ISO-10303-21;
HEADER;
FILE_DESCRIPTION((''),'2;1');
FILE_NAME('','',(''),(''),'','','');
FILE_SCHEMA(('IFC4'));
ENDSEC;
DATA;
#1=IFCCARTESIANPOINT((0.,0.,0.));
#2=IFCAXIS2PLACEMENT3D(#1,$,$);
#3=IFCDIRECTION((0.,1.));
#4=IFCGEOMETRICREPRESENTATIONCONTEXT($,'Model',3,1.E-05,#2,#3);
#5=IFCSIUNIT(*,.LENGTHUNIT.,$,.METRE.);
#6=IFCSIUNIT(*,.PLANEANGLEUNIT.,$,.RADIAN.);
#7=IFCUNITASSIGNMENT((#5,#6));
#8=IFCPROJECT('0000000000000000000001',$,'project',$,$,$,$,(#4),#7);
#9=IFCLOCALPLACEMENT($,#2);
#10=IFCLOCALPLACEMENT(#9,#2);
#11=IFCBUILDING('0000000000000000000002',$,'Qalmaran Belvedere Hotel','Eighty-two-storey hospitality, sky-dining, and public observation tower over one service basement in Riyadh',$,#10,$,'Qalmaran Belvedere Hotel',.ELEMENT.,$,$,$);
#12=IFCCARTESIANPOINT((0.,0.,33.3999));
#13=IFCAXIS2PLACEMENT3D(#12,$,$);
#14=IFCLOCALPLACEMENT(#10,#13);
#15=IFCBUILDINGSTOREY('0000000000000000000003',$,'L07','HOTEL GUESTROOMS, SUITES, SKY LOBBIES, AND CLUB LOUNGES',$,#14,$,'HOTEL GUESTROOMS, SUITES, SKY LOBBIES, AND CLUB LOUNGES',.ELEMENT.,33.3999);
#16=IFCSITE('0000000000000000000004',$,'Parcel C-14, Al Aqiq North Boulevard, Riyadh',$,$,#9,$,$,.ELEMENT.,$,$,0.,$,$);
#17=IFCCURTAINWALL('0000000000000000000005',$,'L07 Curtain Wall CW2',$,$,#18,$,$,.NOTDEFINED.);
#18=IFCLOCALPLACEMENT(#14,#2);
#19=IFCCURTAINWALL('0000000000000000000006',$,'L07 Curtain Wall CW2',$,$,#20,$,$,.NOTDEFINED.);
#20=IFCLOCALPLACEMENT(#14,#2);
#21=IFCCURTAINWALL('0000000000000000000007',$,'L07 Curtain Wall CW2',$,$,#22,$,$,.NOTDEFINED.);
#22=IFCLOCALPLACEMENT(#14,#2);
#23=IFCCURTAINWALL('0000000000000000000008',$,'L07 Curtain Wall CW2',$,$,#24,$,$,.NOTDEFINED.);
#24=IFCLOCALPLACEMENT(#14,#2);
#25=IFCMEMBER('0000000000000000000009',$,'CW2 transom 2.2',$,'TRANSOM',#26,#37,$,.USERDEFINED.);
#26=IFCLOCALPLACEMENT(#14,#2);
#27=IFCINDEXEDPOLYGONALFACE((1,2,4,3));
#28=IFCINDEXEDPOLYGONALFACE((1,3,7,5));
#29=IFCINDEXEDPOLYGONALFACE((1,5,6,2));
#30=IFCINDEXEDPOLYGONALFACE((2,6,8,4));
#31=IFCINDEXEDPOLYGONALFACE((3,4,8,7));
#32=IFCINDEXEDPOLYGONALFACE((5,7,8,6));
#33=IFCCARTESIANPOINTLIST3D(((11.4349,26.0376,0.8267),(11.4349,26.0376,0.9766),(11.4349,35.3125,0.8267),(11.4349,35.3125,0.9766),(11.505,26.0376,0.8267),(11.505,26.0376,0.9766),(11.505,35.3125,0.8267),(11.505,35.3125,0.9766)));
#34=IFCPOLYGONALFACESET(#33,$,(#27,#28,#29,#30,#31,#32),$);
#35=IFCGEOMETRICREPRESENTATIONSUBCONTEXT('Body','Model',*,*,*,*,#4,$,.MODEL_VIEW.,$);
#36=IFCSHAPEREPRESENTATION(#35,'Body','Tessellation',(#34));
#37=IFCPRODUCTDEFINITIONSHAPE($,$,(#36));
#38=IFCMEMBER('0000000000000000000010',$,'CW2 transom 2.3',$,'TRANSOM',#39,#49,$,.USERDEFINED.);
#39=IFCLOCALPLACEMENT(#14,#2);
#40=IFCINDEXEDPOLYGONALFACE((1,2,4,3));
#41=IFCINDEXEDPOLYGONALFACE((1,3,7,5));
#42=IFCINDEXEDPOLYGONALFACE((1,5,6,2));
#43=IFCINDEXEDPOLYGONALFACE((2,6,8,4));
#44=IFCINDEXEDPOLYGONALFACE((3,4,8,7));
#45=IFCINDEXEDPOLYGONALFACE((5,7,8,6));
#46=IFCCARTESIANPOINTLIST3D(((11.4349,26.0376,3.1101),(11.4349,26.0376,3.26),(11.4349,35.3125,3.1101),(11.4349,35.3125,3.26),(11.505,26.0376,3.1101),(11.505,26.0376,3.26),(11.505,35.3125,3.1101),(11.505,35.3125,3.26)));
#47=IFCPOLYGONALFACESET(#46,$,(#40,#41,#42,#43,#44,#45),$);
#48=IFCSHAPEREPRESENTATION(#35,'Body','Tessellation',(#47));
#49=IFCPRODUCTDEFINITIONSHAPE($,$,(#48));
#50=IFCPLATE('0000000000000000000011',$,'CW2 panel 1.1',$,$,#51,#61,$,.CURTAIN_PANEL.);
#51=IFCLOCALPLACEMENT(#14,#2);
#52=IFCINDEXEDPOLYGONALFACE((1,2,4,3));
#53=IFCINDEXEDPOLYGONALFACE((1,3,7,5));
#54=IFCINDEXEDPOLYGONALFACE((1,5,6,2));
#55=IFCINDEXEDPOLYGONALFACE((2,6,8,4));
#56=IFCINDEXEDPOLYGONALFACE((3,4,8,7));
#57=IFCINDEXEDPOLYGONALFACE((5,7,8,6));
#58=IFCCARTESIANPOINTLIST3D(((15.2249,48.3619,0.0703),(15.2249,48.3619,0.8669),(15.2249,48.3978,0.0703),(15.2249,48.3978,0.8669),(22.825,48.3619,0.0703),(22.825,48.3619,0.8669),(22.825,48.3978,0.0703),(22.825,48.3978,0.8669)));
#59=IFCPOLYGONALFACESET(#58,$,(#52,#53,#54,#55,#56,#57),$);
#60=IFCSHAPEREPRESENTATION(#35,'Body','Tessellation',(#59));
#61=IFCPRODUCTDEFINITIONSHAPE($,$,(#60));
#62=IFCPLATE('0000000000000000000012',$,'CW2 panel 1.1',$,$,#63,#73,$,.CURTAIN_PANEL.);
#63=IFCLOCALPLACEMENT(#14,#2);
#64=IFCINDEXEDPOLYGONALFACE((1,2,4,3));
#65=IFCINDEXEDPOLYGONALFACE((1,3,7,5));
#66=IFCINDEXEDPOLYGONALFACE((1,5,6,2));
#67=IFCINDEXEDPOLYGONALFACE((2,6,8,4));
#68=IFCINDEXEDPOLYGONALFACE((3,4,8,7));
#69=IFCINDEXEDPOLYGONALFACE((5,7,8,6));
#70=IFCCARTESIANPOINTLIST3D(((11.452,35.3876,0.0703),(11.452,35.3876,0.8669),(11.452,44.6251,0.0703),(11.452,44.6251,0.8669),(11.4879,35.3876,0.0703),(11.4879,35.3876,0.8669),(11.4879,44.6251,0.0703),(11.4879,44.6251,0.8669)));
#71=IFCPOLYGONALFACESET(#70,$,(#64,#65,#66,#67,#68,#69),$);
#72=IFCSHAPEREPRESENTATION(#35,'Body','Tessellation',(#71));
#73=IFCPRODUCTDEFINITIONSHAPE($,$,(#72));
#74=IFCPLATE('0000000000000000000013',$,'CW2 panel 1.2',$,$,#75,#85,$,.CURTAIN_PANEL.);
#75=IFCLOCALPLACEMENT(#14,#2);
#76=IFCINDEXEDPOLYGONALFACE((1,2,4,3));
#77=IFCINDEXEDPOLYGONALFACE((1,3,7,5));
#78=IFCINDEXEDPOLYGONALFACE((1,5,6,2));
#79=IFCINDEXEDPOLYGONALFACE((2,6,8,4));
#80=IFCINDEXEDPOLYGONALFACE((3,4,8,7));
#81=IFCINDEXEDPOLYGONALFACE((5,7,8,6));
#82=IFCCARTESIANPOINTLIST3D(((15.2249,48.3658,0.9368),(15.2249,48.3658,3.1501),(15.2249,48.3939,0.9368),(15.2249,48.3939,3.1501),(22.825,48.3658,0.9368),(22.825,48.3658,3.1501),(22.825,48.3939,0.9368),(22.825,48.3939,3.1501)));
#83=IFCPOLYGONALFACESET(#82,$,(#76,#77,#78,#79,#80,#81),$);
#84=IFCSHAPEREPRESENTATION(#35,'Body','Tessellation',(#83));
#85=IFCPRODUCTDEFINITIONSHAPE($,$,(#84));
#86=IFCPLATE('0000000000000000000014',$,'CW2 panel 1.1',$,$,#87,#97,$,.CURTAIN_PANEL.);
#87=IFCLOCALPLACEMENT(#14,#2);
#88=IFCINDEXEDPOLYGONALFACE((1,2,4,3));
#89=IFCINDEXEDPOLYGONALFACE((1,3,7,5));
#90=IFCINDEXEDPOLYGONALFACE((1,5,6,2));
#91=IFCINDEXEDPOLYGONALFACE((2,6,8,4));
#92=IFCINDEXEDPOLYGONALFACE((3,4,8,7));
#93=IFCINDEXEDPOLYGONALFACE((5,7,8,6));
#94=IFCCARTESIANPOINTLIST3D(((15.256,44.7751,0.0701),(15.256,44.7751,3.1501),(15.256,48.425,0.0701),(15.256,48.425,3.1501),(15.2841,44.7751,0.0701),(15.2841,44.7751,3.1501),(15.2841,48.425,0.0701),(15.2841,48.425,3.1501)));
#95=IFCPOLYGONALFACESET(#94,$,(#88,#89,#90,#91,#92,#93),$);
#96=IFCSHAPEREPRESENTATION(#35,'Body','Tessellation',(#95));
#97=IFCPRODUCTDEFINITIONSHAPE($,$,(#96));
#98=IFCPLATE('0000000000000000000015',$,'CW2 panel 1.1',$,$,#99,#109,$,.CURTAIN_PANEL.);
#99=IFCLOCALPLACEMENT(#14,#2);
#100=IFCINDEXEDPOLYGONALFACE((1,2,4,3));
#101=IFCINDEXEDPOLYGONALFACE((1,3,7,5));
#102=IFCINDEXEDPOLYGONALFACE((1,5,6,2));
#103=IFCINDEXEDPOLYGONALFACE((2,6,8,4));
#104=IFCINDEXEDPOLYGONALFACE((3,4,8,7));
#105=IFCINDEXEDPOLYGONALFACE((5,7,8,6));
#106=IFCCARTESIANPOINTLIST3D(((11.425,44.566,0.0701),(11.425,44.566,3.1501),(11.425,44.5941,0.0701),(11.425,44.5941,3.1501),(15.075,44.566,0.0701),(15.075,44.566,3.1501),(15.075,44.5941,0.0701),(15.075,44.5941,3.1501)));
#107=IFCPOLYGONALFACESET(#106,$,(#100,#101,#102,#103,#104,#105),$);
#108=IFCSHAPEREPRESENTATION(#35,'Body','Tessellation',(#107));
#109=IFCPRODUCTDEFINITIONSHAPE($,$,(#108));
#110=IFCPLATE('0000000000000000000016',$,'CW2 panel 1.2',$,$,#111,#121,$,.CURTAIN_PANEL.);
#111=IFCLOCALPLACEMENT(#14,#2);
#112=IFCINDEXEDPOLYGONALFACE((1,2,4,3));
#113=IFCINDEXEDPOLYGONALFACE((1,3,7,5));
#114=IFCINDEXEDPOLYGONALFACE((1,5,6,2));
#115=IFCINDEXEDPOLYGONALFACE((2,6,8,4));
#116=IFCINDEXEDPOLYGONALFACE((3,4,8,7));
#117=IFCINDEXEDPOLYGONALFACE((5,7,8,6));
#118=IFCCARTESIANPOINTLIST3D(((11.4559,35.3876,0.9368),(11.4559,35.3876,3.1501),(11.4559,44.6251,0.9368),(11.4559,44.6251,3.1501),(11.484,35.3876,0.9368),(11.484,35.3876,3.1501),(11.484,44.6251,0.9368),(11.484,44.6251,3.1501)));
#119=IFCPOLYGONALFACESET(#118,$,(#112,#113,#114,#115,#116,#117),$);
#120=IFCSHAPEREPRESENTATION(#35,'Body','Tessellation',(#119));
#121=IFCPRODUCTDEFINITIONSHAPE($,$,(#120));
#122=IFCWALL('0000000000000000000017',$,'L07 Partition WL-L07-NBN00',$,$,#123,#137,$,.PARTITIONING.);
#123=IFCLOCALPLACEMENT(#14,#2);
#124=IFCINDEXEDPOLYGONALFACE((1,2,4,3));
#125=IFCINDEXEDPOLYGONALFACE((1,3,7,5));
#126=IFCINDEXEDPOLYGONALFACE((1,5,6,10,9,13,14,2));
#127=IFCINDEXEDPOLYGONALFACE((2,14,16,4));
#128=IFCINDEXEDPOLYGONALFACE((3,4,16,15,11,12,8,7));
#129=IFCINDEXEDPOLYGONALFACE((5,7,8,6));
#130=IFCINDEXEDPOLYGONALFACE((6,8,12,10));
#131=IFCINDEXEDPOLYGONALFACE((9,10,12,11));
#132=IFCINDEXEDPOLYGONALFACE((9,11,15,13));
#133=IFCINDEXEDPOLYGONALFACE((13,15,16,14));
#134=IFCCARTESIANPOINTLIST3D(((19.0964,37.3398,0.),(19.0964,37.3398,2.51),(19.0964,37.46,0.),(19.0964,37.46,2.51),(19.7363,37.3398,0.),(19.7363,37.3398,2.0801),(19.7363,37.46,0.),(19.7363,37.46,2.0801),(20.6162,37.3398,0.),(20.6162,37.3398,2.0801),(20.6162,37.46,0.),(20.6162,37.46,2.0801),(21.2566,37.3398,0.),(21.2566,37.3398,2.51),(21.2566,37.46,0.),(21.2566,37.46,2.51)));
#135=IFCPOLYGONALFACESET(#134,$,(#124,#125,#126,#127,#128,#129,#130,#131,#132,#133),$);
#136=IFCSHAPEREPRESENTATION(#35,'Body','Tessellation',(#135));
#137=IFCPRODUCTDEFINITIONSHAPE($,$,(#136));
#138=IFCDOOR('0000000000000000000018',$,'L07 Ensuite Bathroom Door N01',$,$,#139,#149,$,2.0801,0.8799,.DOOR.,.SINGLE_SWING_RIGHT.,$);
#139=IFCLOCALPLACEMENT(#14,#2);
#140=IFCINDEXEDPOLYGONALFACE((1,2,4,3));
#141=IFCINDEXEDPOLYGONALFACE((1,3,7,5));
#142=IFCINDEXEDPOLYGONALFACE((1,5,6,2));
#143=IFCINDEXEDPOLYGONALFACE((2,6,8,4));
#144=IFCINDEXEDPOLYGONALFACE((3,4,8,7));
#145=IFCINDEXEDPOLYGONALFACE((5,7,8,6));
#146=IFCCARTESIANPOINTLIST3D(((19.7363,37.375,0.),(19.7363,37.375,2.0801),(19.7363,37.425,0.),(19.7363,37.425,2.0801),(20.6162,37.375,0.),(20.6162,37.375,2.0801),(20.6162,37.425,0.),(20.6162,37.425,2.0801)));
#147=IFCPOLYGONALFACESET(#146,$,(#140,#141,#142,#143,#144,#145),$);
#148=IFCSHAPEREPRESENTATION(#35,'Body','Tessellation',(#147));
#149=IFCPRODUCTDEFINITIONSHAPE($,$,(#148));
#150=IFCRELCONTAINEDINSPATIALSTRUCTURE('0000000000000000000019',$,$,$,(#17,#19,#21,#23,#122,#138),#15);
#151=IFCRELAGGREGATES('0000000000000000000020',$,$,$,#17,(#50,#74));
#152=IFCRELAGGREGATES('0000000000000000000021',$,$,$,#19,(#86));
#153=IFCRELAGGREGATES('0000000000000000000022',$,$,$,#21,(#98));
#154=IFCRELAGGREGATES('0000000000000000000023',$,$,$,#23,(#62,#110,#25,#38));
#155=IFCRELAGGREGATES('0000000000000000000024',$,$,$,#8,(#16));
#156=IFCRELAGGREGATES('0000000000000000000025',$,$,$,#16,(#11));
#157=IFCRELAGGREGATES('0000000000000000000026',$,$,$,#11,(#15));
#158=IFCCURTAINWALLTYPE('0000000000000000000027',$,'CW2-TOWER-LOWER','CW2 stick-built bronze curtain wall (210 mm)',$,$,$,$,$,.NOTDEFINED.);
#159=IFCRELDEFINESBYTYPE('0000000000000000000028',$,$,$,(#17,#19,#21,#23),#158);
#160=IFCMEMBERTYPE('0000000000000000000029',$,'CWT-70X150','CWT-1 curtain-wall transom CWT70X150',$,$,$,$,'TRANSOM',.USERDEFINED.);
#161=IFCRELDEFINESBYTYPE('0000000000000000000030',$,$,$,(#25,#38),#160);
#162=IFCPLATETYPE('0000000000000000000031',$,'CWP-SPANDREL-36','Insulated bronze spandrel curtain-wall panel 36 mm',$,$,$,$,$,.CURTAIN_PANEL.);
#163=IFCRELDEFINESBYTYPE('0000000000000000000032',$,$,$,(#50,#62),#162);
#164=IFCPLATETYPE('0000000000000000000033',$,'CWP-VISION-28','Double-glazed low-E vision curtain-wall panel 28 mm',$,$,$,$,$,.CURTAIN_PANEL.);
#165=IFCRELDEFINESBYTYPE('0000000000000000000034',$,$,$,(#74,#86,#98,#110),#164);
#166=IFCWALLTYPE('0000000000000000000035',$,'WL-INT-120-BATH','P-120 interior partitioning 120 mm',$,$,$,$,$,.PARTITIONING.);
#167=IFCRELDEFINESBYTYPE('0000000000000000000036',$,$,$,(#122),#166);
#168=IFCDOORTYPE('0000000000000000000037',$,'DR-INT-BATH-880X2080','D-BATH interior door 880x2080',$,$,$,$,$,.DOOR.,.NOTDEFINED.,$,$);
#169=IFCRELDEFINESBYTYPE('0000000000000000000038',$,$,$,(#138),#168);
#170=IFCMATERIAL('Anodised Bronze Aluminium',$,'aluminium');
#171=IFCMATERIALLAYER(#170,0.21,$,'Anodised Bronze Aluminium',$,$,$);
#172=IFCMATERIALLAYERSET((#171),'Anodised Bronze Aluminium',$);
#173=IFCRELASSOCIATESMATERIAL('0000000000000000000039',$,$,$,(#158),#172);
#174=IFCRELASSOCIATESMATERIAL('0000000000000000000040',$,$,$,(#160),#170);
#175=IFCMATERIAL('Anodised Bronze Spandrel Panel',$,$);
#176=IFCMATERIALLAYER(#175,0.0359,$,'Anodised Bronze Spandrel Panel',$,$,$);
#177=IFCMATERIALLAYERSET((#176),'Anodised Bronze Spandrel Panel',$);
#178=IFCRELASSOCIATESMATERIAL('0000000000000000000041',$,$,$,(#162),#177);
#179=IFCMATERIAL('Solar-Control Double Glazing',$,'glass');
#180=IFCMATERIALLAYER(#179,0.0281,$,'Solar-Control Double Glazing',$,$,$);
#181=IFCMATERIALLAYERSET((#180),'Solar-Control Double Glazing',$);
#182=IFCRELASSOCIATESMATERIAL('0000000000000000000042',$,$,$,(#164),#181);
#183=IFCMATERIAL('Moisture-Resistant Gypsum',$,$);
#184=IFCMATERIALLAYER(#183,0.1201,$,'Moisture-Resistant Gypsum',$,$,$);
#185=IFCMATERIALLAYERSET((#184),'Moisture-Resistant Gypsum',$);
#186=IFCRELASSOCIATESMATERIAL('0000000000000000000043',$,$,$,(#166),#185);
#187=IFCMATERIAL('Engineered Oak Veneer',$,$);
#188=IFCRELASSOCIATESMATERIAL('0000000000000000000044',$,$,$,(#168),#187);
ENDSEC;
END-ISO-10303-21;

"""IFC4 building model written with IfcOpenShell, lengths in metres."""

from ifc_helpers import new_model, si_unit, direction, frame, frame_2d, origin, origin_2d, place, context, subcontext, project, spatial, rectangle, extrude, material, layer, layer_set, material_profile, profile_set, type_object, element, fill, aggregate, save


model = new_model("IFC4")

# Units and contexts
model_context = context("Model", 3, precision=1e-05, world=origin(), true_north=direction((0.0, 1.0)))
body_context = subcontext(model_context, "Body", "Model", "MODEL_VIEW")
ifc_project = project(units=[si_unit("LENGTHUNIT", "METRE"), si_unit("PLANEANGLEUNIT", "RADIAN")], contexts=[model_context])

# Site, building, storey
site_placement = place(None, origin())
site = spatial("IfcSite", under=ifc_project, at=site_placement, Name="Parcel C-14, Al Aqiq North Boulevard, Riyadh", CompositionType="ELEMENT", RefElevation=0.0)
building_placement = place(site_placement, origin())
building = spatial("IfcBuilding", under=site, at=building_placement, Name="Qalmaran Belvedere Hotel", Description="Eighty-two-storey hospitality, sky-dining, and public observation tower over one service basement in Riyadh", LongName="Qalmaran Belvedere Hotel", CompositionType="ELEMENT")
storey_placement = place(building_placement, frame((0.0, 0.0, 33.3999)))
storey = spatial("IfcBuildingStorey", under=building, at=storey_placement, Name="L07", Description="HOTEL GUESTROOMS, SUITES, SKY LOBBIES, AND CLUB LOUNGES", LongName="HOTEL GUESTROOMS, SUITES, SKY LOBBIES, AND CLUB LOUNGES", CompositionType="ELEMENT", Elevation=33.3999)

# Curtain wall
ifc_material_1 = material(Name="Anodised Bronze Aluminium", Category="aluminium")
ifc_layer_1 = layer(ifc_material_1, 0.21, Name="Anodised Bronze Aluminium")
ifc_layer_set_1 = layer_set([ifc_layer_1], Name="Anodised Bronze Aluminium")
curtain_wall_type = type_object("IfcCurtainWallType", Name="CW2-TOWER-LOWER", Description="CW2 stick-built bronze curtain wall (210 mm)", PredefinedType="NOTDEFINED", material=ifc_layer_set_1)
curtain_wall_1_placement = place(storey_placement, origin())
curtain_wall_1 = element("IfcCurtainWall", 1, at=curtain_wall_1_placement, inside=storey, type_object=curtain_wall_type, Name="L07 Curtain Wall CW2", PredefinedType="NOTDEFINED")

# Curtain walls
curtain_wall_2_placement = place(storey_placement, origin())
curtain_wall_2 = element("IfcCurtainWall", 2, at=curtain_wall_2_placement, inside=storey, type_object=curtain_wall_type, Name="L07 Curtain Wall CW2", PredefinedType="NOTDEFINED")
curtain_wall_3_placement = place(storey_placement, origin())
curtain_wall_3 = element("IfcCurtainWall", 3, at=curtain_wall_3_placement, inside=storey, type_object=curtain_wall_type, Name="L07 Curtain Wall CW2", PredefinedType="NOTDEFINED")
curtain_wall_4_placement = place(storey_placement, origin())
curtain_wall_4 = element("IfcCurtainWall", 4, at=curtain_wall_4_placement, inside=storey, type_object=curtain_wall_type, Name="L07 Curtain Wall CW2", PredefinedType="NOTDEFINED")

# Members
ifc_material_profile_1 = material_profile(ifc_material_1, rectangle(XDim=0.0701, YDim=0.1499, at=origin_2d()), Name="CWT70X150")
ifc_profile_set_1 = profile_set([ifc_material_profile_1], Name="Anodised Bronze Aluminium")
member_type_1 = type_object("IfcMemberType", Name="CWT-70X150", Description="CWT-1 curtain-wall transom CWT70X150", ElementType="TRANSOM", PredefinedType="USERDEFINED", material=ifc_profile_set_1)
member_1_placement = place(storey_placement, frame((11.47, 35.3125, 0.9016), z_axis=(0.0, -1.0, 0.0), x_axis=(1.0, 0.0, 0.0)))
member_1 = element("IfcMember", 5, at=member_1_placement, type_object=member_type_1, Name="CW2 transom 2.2", ObjectType="TRANSOM", PredefinedType="USERDEFINED", context=body_context, shape_type="SweptSolid", body=[
    extrude(rectangle(XDim=0.0701, YDim=0.1499, at=origin_2d()), origin(), (0.0, 0.0, 1.0), 9.2749),
])
member_2_placement = place(storey_placement, frame((11.47, 35.3125, 3.1851), z_axis=(0.0, -1.0, 0.0), x_axis=(1.0, 0.0, 0.0)))
member_2 = element("IfcMember", 6, at=member_2_placement, type_object=member_type_1, Name="CW2 transom 2.3", ObjectType="TRANSOM", PredefinedType="USERDEFINED", context=body_context, shape_type="SweptSolid", body=[
    extrude(rectangle(XDim=0.0701, YDim=0.1499, at=origin_2d()), origin(), (0.0, 0.0, 1.0), 9.2749),
])

# Plates
ifc_material_2 = material(Name="Anodised Bronze Spandrel Panel")
ifc_layer_2 = layer(ifc_material_2, 0.0359, Name="Anodised Bronze Spandrel Panel")
ifc_layer_set_2 = layer_set([ifc_layer_2], Name="Anodised Bronze Spandrel Panel")
plate_type_1 = type_object("IfcPlateType", Name="CWP-SPANDREL-36", Description="Insulated bronze spandrel curtain-wall panel 36 mm", PredefinedType="CURTAIN_PANEL", material=ifc_layer_set_2)
plate_1_placement = place(storey_placement, frame((19.0249, 48.3799, 0.0703), z_axis=(0.0, 0.0, 1.0), x_axis=(-1.0, 0.0, 0.0)))
plate_1 = element("IfcPlate", 7, at=plate_1_placement, type_object=plate_type_1, Name="CW2 panel 1.1", PredefinedType="CURTAIN_PANEL", context=body_context, shape_type="SweptSolid", body=[
    extrude(rectangle(XDim=7.6001, YDim=0.0359, at=origin_2d()), origin(), (0.0, 0.0, 1.0), 0.7966),
])
plate_2_placement = place(storey_placement, frame((11.47, 40.0063, 0.0703), z_axis=(0.0, 0.0, 1.0), x_axis=(0.0, -1.0, 0.0)))
plate_2 = element("IfcPlate", 8, at=plate_2_placement, type_object=plate_type_1, Name="CW2 panel 1.1", PredefinedType="CURTAIN_PANEL", context=body_context, shape_type="SweptSolid", body=[
    extrude(rectangle(XDim=9.2375, YDim=0.0359, at=origin_2d()), origin(), (0.0, 0.0, 1.0), 0.7966),
])
ifc_material_3 = material(Name="Solar-Control Double Glazing", Category="glass")
ifc_layer_3 = layer(ifc_material_3, 0.0281, Name="Solar-Control Double Glazing")
ifc_layer_set_3 = layer_set([ifc_layer_3], Name="Solar-Control Double Glazing")
plate_type_2 = type_object("IfcPlateType", Name="CWP-VISION-28", Description="Double-glazed low-E vision curtain-wall panel 28 mm", PredefinedType="CURTAIN_PANEL", material=ifc_layer_set_3)
plate_3_placement = place(storey_placement, frame((19.0249, 48.3799, 0.9368), z_axis=(0.0, 0.0, 1.0), x_axis=(-1.0, 0.0, 0.0)))
plate_3 = element("IfcPlate", 9, at=plate_3_placement, type_object=plate_type_2, Name="CW2 panel 1.2", PredefinedType="CURTAIN_PANEL", context=body_context, shape_type="SweptSolid", body=[
    extrude(rectangle(XDim=7.6001, YDim=0.0281, at=origin_2d()), origin(), (0.0, 0.0, 1.0), 2.2134),
])
aggregate(curtain_wall_1, [plate_1, plate_3])
plate_4_placement = place(storey_placement, frame((15.27, 46.6001, 0.0701), z_axis=(0.0, 0.0, 1.0), x_axis=(0.0, -1.0, 0.0)))
plate_4 = element("IfcPlate", 10, at=plate_4_placement, type_object=plate_type_2, Name="CW2 panel 1.1", PredefinedType="CURTAIN_PANEL", context=body_context, shape_type="SweptSolid", body=[
    extrude(rectangle(XDim=3.6499, YDim=0.0281, at=origin_2d()), origin(), (0.0, 0.0, 1.0), 3.0801),
])
aggregate(curtain_wall_2, [plate_4])
plate_5_placement = place(storey_placement, frame((13.25, 44.5801, 0.0701), z_axis=(0.0, 0.0, 1.0), x_axis=(-1.0, 0.0, 0.0)))
plate_5 = element("IfcPlate", 11, at=plate_5_placement, type_object=plate_type_2, Name="CW2 panel 1.1", PredefinedType="CURTAIN_PANEL", context=body_context, shape_type="SweptSolid", body=[
    extrude(rectangle(XDim=3.6499, YDim=0.0281, at=origin_2d()), origin(), (0.0, 0.0, 1.0), 3.0801),
])
aggregate(curtain_wall_3, [plate_5])
plate_6_placement = place(storey_placement, frame((11.47, 40.0063, 0.9368), z_axis=(0.0, 0.0, 1.0), x_axis=(0.0, -1.0, 0.0)))
plate_6 = element("IfcPlate", 12, at=plate_6_placement, type_object=plate_type_2, Name="CW2 panel 1.2", PredefinedType="CURTAIN_PANEL", context=body_context, shape_type="SweptSolid", body=[
    extrude(rectangle(XDim=9.2375, YDim=0.0281, at=origin_2d()), origin(), (0.0, 0.0, 1.0), 2.2134),
])
aggregate(curtain_wall_4, [plate_2, plate_6, member_1, member_2])

# Wall, opening, door
ifc_material_4 = material(Name="Moisture-Resistant Gypsum")
ifc_layer_4 = layer(ifc_material_4, 0.1201, Name="Moisture-Resistant Gypsum")
ifc_layer_set_4 = layer_set([ifc_layer_4], Name="Moisture-Resistant Gypsum")
wall_type = type_object("IfcWallType", Name="WL-INT-120-BATH", Description="P-120 interior partitioning 120 mm", PredefinedType="PARTITIONING", material=ifc_layer_set_4)
wall_placement = place(storey_placement, frame((19.0964, 37.3999, 0.0), z_axis=(0.0, 0.0, 1.0), x_axis=(1.0, 0.0, 0.0)))
wall = element("IfcWall", 13, at=wall_placement, inside=storey, type_object=wall_type, Name="L07 Partition WL-L07-NBN00", PredefinedType="PARTITIONING", context=body_context, shape_type="SweptSolid", body=[
    extrude(rectangle(XDim=2.1602, YDim=0.1201, at=frame_2d((1.0801, 0.0))), origin(), (0.0, 0.0, 1.0), 2.51),
])
opening_placement = place(wall_placement, frame((1.5198, 0.0, 0.0), z_axis=(0.0, 0.0, 1.0), x_axis=(-1.0, 0.0, 0.0)))
opening = element("IfcOpeningElement", 14, at=opening_placement, cuts=wall, PredefinedType="OPENING", context=body_context, shape_type="SweptSolid", body=[
    extrude(rectangle(XDim=0.8799, YDim=2.0801, at=frame_2d((0.4399, 1.04))), frame((0.0, 0.0701, 0.0), z_axis=(0.0, -1.0, 0.0), x_axis=(1.0, 0.0, 0.0)), (0.0, 0.0, 1.0), 0.1401),
])
ifc_material_5 = material(Name="Engineered Oak Veneer")
door_type = type_object("IfcDoorType", Name="DR-INT-BATH-880X2080", Description="D-BATH interior door 880x2080", OperationType="NOTDEFINED", PredefinedType="DOOR", material=ifc_material_5)
door_placement = place(opening_placement, origin())
door = element("IfcDoor", 15, at=door_placement, inside=storey, type_object=door_type, Name="L07 Ensuite Bathroom Door N01", OperationType="SINGLE_SWING_RIGHT", OverallHeight=2.0801, OverallWidth=0.8799, PredefinedType="DOOR", context=body_context, shape_type="SweptSolid", body=[
    extrude(rectangle(XDim=0.8799, YDim=2.0801, at=frame_2d((0.4399, 1.04))), frame((0.0, 0.0249, 0.0), z_axis=(0.0, -1.0, 0.0), x_axis=(1.0, 0.0, 0.0)), (0.0, 0.0, 1.0), 0.05),
])
fill(opening, door)

save(model, "model.ifc")
